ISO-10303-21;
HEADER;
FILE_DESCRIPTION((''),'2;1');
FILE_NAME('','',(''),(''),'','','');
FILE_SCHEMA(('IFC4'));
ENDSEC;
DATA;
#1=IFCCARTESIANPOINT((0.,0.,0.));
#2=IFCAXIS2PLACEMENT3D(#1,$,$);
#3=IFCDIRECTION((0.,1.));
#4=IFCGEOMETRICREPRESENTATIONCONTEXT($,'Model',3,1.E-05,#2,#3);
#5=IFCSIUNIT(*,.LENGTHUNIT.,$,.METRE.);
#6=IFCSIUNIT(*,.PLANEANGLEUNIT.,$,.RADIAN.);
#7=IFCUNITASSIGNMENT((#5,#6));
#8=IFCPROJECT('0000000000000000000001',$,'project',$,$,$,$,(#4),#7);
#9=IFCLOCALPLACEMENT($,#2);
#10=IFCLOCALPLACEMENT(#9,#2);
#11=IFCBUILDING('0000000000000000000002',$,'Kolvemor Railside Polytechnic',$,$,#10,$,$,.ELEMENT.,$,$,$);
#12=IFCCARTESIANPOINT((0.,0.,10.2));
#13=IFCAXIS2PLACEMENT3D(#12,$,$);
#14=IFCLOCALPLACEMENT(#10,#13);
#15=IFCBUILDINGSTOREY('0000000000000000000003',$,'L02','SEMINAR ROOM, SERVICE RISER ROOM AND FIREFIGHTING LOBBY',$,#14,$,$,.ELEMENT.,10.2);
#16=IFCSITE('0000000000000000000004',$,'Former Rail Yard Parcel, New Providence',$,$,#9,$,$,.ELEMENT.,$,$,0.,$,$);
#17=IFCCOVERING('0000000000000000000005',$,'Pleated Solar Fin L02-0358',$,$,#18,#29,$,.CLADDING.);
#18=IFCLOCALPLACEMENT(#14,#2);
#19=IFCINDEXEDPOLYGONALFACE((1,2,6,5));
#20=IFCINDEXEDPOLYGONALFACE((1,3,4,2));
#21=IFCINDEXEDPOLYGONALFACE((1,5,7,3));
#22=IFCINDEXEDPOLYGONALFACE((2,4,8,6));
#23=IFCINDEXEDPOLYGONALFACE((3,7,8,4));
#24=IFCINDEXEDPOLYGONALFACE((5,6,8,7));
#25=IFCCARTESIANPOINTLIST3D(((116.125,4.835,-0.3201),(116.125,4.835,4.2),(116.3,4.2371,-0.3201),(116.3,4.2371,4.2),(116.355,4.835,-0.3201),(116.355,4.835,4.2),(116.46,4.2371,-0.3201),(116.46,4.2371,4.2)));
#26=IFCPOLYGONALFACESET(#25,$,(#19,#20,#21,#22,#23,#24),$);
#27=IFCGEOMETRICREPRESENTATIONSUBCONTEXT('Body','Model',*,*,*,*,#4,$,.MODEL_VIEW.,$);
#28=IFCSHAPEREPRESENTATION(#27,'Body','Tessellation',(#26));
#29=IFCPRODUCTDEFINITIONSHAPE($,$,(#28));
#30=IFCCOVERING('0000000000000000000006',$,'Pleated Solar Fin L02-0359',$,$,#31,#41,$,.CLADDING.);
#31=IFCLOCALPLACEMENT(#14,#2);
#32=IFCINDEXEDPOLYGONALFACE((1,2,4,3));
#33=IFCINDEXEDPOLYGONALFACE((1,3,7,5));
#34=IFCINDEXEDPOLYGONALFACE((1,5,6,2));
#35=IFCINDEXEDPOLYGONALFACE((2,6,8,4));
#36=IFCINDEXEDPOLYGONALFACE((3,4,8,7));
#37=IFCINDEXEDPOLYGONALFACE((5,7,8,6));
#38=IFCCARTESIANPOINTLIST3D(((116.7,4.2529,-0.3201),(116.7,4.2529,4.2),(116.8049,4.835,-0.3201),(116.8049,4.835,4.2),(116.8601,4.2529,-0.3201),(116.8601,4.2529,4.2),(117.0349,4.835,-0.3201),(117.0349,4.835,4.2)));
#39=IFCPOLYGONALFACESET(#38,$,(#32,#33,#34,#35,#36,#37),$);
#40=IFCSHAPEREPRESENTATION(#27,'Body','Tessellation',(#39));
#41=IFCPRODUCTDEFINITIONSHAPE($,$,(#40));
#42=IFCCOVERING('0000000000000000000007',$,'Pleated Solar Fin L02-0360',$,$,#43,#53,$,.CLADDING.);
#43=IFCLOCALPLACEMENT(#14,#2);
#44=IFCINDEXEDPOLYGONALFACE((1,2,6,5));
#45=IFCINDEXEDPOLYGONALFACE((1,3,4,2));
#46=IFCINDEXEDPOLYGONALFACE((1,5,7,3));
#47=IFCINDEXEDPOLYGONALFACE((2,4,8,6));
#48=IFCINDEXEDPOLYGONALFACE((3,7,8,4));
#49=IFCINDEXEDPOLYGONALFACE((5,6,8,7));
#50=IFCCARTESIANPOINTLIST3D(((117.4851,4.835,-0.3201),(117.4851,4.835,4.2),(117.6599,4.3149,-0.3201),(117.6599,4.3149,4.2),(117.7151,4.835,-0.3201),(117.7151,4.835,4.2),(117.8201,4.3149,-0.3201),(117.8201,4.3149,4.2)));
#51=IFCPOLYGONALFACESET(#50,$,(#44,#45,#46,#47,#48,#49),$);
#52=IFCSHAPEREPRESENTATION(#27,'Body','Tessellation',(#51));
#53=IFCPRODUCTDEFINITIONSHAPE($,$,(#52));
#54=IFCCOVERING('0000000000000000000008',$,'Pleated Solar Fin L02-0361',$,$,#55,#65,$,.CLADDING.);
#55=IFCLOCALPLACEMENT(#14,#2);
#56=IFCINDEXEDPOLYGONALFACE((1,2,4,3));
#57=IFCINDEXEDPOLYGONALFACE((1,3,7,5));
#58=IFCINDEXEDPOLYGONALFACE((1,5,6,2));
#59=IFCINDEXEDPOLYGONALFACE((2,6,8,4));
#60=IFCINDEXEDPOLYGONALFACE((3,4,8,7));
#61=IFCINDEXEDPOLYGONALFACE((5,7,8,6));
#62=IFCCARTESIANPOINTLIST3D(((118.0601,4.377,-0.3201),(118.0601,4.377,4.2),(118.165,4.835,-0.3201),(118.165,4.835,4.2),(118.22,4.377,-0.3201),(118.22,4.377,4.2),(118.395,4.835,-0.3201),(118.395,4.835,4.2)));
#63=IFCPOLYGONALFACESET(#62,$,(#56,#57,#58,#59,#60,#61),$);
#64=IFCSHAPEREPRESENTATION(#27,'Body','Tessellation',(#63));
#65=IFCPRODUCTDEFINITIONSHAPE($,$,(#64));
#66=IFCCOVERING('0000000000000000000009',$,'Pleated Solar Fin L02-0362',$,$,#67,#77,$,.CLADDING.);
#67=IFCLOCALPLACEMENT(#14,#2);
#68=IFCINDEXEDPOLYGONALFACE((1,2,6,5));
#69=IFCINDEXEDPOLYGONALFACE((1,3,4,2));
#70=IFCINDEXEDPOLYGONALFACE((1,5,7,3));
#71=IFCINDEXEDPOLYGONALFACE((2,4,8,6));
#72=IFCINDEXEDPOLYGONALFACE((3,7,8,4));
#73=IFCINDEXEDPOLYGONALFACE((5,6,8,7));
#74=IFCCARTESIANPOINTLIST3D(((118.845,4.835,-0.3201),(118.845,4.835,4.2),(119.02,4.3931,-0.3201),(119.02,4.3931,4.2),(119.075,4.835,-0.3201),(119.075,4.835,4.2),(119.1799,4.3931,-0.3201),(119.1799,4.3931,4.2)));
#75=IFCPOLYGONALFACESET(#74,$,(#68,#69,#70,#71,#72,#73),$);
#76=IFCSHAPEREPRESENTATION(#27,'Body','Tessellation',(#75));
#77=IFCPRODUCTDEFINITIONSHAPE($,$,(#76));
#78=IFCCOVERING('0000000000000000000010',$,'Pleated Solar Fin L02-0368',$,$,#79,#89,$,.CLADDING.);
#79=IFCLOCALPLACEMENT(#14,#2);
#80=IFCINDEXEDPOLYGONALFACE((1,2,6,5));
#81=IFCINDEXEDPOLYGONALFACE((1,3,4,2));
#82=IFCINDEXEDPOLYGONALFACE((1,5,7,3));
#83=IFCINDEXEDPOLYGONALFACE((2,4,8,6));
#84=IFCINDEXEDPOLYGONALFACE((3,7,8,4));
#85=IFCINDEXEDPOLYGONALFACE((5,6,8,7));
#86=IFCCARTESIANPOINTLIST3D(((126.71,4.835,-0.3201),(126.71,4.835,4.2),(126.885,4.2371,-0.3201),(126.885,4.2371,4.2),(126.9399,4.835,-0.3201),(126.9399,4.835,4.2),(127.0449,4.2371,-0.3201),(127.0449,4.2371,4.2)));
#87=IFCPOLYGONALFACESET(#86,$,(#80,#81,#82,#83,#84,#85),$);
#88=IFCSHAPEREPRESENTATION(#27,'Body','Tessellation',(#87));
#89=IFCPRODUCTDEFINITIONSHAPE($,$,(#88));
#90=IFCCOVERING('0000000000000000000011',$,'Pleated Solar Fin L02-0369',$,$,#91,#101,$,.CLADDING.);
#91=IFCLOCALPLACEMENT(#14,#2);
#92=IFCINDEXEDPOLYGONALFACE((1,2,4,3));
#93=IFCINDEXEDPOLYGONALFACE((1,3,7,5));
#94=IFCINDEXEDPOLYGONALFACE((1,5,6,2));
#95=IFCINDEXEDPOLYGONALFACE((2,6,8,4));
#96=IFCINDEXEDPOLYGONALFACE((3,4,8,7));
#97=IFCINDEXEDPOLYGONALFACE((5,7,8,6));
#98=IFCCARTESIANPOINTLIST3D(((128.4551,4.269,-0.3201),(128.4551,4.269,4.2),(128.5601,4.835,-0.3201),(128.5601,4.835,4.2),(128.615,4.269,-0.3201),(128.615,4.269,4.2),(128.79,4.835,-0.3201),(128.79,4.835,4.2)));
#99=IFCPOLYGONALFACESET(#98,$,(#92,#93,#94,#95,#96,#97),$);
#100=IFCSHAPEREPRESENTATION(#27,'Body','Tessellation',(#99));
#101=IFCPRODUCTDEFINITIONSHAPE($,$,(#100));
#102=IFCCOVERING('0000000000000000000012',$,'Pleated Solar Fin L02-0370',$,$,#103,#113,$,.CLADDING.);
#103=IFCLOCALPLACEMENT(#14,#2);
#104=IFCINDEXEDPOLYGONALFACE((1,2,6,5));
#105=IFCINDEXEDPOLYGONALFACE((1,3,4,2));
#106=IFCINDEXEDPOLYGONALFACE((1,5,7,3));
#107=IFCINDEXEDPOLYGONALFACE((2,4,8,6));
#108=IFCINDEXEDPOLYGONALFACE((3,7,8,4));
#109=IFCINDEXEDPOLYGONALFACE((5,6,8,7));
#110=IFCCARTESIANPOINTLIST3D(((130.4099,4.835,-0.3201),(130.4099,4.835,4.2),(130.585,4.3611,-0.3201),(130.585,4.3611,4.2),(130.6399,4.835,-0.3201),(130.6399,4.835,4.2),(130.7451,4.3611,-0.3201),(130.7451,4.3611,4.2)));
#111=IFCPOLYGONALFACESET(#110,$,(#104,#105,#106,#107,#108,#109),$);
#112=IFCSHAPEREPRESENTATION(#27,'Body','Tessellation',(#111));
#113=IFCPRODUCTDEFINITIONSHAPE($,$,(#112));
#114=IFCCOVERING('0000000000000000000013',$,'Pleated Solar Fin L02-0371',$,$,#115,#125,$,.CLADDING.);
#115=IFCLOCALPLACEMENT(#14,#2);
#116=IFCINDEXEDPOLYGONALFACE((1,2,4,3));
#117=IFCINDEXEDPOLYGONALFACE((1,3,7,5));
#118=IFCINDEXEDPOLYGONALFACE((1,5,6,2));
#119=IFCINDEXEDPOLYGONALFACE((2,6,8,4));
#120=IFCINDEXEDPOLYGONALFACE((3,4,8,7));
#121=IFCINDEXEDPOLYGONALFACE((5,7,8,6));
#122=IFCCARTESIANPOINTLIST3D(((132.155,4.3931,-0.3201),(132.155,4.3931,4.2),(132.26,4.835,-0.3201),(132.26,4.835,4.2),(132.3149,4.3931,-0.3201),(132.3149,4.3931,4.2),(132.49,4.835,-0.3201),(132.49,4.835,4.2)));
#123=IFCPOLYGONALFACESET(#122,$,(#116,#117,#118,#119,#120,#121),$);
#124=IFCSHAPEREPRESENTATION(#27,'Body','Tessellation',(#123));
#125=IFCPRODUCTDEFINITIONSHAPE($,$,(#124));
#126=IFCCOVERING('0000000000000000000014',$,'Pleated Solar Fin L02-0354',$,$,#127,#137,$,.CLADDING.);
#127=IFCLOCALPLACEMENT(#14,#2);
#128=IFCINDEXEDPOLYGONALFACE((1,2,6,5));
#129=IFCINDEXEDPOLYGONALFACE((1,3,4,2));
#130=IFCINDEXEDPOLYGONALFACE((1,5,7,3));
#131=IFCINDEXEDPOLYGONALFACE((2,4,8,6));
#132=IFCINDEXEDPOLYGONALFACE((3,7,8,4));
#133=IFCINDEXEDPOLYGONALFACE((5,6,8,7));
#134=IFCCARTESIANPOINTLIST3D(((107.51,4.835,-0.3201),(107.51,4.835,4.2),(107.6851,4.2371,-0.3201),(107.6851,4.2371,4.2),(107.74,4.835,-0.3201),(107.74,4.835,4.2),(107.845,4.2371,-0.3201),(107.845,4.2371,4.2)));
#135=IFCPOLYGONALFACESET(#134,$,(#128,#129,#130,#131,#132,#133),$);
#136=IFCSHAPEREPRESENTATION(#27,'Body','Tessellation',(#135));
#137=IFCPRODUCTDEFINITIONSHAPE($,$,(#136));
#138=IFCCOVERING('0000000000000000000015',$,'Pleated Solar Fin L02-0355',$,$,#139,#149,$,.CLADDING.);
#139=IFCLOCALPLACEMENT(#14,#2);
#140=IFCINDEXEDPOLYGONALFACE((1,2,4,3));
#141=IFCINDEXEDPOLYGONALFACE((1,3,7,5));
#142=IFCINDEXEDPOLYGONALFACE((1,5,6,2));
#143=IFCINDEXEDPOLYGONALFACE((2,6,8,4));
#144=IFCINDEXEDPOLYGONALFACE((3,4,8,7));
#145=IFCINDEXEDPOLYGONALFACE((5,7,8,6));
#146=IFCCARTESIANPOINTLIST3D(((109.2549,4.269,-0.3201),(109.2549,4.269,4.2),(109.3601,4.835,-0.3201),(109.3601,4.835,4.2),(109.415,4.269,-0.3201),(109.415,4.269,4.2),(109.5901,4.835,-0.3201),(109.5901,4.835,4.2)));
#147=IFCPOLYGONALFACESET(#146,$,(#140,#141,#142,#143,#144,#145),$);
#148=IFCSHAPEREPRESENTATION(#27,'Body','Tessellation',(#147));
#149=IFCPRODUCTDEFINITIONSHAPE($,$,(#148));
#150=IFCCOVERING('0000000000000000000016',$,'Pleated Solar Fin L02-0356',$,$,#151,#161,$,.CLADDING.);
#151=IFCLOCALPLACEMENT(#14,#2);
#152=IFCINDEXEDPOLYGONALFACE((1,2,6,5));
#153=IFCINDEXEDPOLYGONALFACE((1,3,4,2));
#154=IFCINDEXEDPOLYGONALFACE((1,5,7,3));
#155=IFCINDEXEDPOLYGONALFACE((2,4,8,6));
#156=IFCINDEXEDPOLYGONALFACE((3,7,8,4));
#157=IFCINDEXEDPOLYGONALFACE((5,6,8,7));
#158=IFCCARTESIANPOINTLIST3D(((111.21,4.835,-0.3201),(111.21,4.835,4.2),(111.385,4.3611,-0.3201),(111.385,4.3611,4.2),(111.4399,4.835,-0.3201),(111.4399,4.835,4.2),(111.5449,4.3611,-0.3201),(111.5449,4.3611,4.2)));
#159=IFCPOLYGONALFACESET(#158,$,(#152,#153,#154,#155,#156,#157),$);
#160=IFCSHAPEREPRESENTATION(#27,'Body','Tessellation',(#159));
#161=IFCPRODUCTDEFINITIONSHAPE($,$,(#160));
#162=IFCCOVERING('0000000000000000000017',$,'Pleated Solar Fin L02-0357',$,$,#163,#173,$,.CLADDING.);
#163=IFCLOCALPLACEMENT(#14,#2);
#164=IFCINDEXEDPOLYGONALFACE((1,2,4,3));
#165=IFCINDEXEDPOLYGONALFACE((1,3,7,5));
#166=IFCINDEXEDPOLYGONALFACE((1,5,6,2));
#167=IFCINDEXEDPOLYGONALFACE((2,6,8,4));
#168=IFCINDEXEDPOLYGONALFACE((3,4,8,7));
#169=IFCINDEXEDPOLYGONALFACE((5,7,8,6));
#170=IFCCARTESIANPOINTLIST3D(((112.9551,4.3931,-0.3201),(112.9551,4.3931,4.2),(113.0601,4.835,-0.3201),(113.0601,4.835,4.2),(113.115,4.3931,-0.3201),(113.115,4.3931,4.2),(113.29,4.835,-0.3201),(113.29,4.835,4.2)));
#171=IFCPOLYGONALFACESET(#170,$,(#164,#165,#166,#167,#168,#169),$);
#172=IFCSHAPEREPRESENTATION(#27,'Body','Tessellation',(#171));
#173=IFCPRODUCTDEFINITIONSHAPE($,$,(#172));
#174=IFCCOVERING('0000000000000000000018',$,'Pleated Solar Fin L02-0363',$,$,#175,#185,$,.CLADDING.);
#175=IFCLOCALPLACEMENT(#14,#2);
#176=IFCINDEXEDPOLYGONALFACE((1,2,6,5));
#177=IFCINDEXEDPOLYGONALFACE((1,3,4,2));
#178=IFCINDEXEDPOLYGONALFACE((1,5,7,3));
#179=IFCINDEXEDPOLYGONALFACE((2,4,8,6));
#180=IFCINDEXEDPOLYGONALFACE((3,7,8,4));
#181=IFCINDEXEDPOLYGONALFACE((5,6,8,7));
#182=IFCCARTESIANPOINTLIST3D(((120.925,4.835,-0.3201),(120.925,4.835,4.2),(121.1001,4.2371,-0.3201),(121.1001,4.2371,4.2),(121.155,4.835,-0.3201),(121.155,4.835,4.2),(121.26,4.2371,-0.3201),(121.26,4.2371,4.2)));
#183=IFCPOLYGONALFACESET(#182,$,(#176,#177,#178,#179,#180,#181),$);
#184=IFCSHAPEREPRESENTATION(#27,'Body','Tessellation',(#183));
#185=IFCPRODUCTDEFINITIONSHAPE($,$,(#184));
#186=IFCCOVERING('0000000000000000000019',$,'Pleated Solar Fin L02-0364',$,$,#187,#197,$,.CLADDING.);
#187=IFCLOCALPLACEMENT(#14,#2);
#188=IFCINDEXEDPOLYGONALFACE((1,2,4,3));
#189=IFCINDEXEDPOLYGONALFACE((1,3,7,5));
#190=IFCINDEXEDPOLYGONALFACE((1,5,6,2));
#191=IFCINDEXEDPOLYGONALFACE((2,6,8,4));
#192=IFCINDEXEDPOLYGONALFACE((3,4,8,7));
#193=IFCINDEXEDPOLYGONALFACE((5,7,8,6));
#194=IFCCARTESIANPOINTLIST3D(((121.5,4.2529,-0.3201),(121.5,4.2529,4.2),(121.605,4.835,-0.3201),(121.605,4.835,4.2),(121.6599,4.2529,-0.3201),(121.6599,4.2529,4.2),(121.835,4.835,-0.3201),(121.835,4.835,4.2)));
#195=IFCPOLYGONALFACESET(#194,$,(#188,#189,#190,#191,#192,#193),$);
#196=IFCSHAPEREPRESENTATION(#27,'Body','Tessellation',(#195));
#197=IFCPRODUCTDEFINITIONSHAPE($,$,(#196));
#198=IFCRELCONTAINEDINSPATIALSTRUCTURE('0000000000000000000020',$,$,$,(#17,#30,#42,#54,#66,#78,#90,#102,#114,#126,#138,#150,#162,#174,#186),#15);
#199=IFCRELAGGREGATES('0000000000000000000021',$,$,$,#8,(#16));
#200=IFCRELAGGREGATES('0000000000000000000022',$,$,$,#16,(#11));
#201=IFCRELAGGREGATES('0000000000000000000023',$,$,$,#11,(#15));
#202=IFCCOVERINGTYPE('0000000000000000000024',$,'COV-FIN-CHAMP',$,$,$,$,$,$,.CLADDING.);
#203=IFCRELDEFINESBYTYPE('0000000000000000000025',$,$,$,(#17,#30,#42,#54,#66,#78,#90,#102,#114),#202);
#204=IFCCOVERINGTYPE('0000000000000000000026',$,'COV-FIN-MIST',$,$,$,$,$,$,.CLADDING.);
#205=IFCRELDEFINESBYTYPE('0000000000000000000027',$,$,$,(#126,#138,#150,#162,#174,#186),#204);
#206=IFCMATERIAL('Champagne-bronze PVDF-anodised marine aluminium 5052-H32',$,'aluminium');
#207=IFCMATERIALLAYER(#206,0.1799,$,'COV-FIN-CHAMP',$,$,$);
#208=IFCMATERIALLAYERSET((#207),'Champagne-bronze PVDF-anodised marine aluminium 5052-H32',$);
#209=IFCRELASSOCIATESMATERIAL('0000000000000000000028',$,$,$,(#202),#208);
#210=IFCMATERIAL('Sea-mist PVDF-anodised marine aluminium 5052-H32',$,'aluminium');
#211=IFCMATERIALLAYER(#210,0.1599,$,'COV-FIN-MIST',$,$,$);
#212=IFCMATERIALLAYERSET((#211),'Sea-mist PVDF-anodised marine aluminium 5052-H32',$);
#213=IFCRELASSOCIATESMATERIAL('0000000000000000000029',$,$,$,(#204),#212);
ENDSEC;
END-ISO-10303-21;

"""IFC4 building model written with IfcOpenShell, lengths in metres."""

from ifc_helpers import new_model, si_unit, direction, frame, origin, place, context, subcontext, project, spatial, polyline, outline, extrude, material, layer, layer_set, type_object, element, save


model = new_model("IFC4")

# Units and contexts
model_context = context("Model", 3, precision=1e-05, world=origin(), true_north=direction((0.0, 1.0)))
body_context = subcontext(model_context, "Body", "Model", "MODEL_VIEW")
ifc_project = project(units=[si_unit("LENGTHUNIT", "METRE"), si_unit("PLANEANGLEUNIT", "RADIAN")], contexts=[model_context])

# Site, building, storey
site_placement = place(None, origin())
site = spatial("IfcSite", under=ifc_project, at=site_placement, Name="Former Rail Yard Parcel, New Providence", CompositionType="ELEMENT", RefElevation=0.0)
building_placement = place(site_placement, origin())
building = spatial("IfcBuilding", under=site, at=building_placement, Name="Kolvemor Railside Polytechnic", CompositionType="ELEMENT")
storey_placement = place(building_placement, frame((0.0, 0.0, 10.2)))
storey = spatial("IfcBuildingStorey", under=building, at=storey_placement, Name="L02", Description="SEMINAR ROOM, SERVICE RISER ROOM AND FIREFIGHTING LOBBY", CompositionType="ELEMENT", Elevation=10.2)

# Coverings
ifc_material_1 = material(Name="Champagne-bronze PVDF-anodised marine aluminium 5052-H32", Category="aluminium")
ifc_layer_1 = layer(ifc_material_1, 0.1799, Name="COV-FIN-CHAMP")
ifc_layer_set_1 = layer_set([ifc_layer_1], Name="Champagne-bronze PVDF-anodised marine aluminium 5052-H32")
covering_type_1 = type_object("IfcCoveringType", Name="COV-FIN-CHAMP", PredefinedType="CLADDING", material=ifc_layer_set_1)
covering_1_placement = place(storey_placement, frame((0.0, 0.0, -0.3201)))
element("IfcCovering", 1, at=covering_1_placement, inside=storey, type_object=covering_type_1, Name="Pleated Solar Fin L02-0358", PredefinedType="CLADDING", context=body_context, shape_type="SweptSolid", body=[
    extrude(outline(polyline([(116.125, 4.835), (116.355, 4.835), (116.46, 4.2371), (116.3, 4.2371), (116.125, 4.835)])), origin(), (0.0, 0.0, 1.0), 4.52),
])
covering_2_placement = place(storey_placement, frame((0.0, 0.0, -0.3201)))
element("IfcCovering", 2, at=covering_2_placement, inside=storey, type_object=covering_type_1, Name="Pleated Solar Fin L02-0359", PredefinedType="CLADDING", context=body_context, shape_type="SweptSolid", body=[
    extrude(outline(polyline([(116.8049, 4.835), (117.0349, 4.835), (116.8601, 4.2529), (116.7, 4.2529), (116.8049, 4.835)])), origin(), (0.0, 0.0, 1.0), 4.52),
])
covering_3_placement = place(storey_placement, frame((0.0, 0.0, -0.3201)))
element("IfcCovering", 3, at=covering_3_placement, inside=storey, type_object=covering_type_1, Name="Pleated Solar Fin L02-0360", PredefinedType="CLADDING", context=body_context, shape_type="SweptSolid", body=[
    extrude(outline(polyline([(117.4851, 4.835), (117.7151, 4.835), (117.8201, 4.3149), (117.6599, 4.3149), (117.4851, 4.835)])), origin(), (0.0, 0.0, 1.0), 4.52),
])
covering_4_placement = place(storey_placement, frame((0.0, 0.0, -0.3201)))
element("IfcCovering", 4, at=covering_4_placement, inside=storey, type_object=covering_type_1, Name="Pleated Solar Fin L02-0361", PredefinedType="CLADDING", context=body_context, shape_type="SweptSolid", body=[
    extrude(outline(polyline([(118.165, 4.835), (118.395, 4.835), (118.22, 4.377), (118.0601, 4.377), (118.165, 4.835)])), origin(), (0.0, 0.0, 1.0), 4.52),
])
covering_5_placement = place(storey_placement, frame((0.0, 0.0, -0.3201)))
element("IfcCovering", 5, at=covering_5_placement, inside=storey, type_object=covering_type_1, Name="Pleated Solar Fin L02-0362", PredefinedType="CLADDING", context=body_context, shape_type="SweptSolid", body=[
    extrude(outline(polyline([(118.845, 4.835), (119.075, 4.835), (119.1799, 4.3931), (119.02, 4.3931), (118.845, 4.835)])), origin(), (0.0, 0.0, 1.0), 4.52),
])
covering_6_placement = place(storey_placement, frame((0.0, 0.0, -0.3201)))
element("IfcCovering", 6, at=covering_6_placement, inside=storey, type_object=covering_type_1, Name="Pleated Solar Fin L02-0368", PredefinedType="CLADDING", context=body_context, shape_type="SweptSolid", body=[
    extrude(outline(polyline([(126.71, 4.835), (126.9399, 4.835), (127.0449, 4.2371), (126.885, 4.2371), (126.71, 4.835)])), origin(), (0.0, 0.0, 1.0), 4.52),
])
covering_7_placement = place(storey_placement, frame((0.0, 0.0, -0.3201)))
element("IfcCovering", 7, at=covering_7_placement, inside=storey, type_object=covering_type_1, Name="Pleated Solar Fin L02-0369", PredefinedType="CLADDING", context=body_context, shape_type="SweptSolid", body=[
    extrude(outline(polyline([(128.5601, 4.835), (128.79, 4.835), (128.615, 4.269), (128.4551, 4.269), (128.5601, 4.835)])), origin(), (0.0, 0.0, 1.0), 4.52),
])
covering_8_placement = place(storey_placement, frame((0.0, 0.0, -0.3201)))
element("IfcCovering", 8, at=covering_8_placement, inside=storey, type_object=covering_type_1, Name="Pleated Solar Fin L02-0370", PredefinedType="CLADDING", context=body_context, shape_type="SweptSolid", body=[
    extrude(outline(polyline([(130.4099, 4.835), (130.6399, 4.835), (130.7451, 4.3611), (130.585, 4.3611), (130.4099, 4.835)])), origin(), (0.0, 0.0, 1.0), 4.52),
])
covering_9_placement = place(storey_placement, frame((0.0, 0.0, -0.3201)))
element("IfcCovering", 9, at=covering_9_placement, inside=storey, type_object=covering_type_1, Name="Pleated Solar Fin L02-0371", PredefinedType="CLADDING", context=body_context, shape_type="SweptSolid", body=[
    extrude(outline(polyline([(132.26, 4.835), (132.49, 4.835), (132.3149, 4.3931), (132.155, 4.3931), (132.26, 4.835)])), origin(), (0.0, 0.0, 1.0), 4.52),
])
ifc_material_2 = material(Name="Sea-mist PVDF-anodised marine aluminium 5052-H32", Category="aluminium")
ifc_layer_2 = layer(ifc_material_2, 0.1599, Name="COV-FIN-MIST")
ifc_layer_set_2 = layer_set([ifc_layer_2], Name="Sea-mist PVDF-anodised marine aluminium 5052-H32")
covering_type_2 = type_object("IfcCoveringType", Name="COV-FIN-MIST", PredefinedType="CLADDING", material=ifc_layer_set_2)
covering_10_placement = place(storey_placement, frame((0.0, 0.0, -0.3201)))
element("IfcCovering", 10, at=covering_10_placement, inside=storey, type_object=covering_type_2, Name="Pleated Solar Fin L02-0354", PredefinedType="CLADDING", context=body_context, shape_type="SweptSolid", body=[
    extrude(outline(polyline([(107.51, 4.835), (107.74, 4.835), (107.845, 4.2371), (107.6851, 4.2371), (107.51, 4.835)])), origin(), (0.0, 0.0, 1.0), 4.52),
])
covering_11_placement = place(storey_placement, frame((0.0, 0.0, -0.3201)))
element("IfcCovering", 11, at=covering_11_placement, inside=storey, type_object=covering_type_2, Name="Pleated Solar Fin L02-0355", PredefinedType="CLADDING", context=body_context, shape_type="SweptSolid", body=[
    extrude(outline(polyline([(109.3601, 4.835), (109.5901, 4.835), (109.415, 4.269), (109.2549, 4.269), (109.3601, 4.835)])), origin(), (0.0, 0.0, 1.0), 4.52),
])
covering_12_placement = place(storey_placement, frame((0.0, 0.0, -0.3201)))
element("IfcCovering", 12, at=covering_12_placement, inside=storey, type_object=covering_type_2, Name="Pleated Solar Fin L02-0356", PredefinedType="CLADDING", context=body_context, shape_type="SweptSolid", body=[
    extrude(outline(polyline([(111.21, 4.835), (111.4399, 4.835), (111.5449, 4.3611), (111.385, 4.3611), (111.21, 4.835)])), origin(), (0.0, 0.0, 1.0), 4.52),
])
covering_13_placement = place(storey_placement, frame((0.0, 0.0, -0.3201)))
element("IfcCovering", 13, at=covering_13_placement, inside=storey, type_object=covering_type_2, Name="Pleated Solar Fin L02-0357", PredefinedType="CLADDING", context=body_context, shape_type="SweptSolid", body=[
    extrude(outline(polyline([(113.0601, 4.835), (113.29, 4.835), (113.115, 4.3931), (112.9551, 4.3931), (113.0601, 4.835)])), origin(), (0.0, 0.0, 1.0), 4.52),
])
covering_14_placement = place(storey_placement, frame((0.0, 0.0, -0.3201)))
element("IfcCovering", 14, at=covering_14_placement, inside=storey, type_object=covering_type_2, Name="Pleated Solar Fin L02-0363", PredefinedType="CLADDING", context=body_context, shape_type="SweptSolid", body=[
    extrude(outline(polyline([(120.925, 4.835), (121.155, 4.835), (121.26, 4.2371), (121.1001, 4.2371), (120.925, 4.835)])), origin(), (0.0, 0.0, 1.0), 4.52),
])
covering_15_placement = place(storey_placement, frame((0.0, 0.0, -0.3201)))
element("IfcCovering", 15, at=covering_15_placement, inside=storey, type_object=covering_type_2, Name="Pleated Solar Fin L02-0364", PredefinedType="CLADDING", context=body_context, shape_type="SweptSolid", body=[
    extrude(outline(polyline([(121.605, 4.835), (121.835, 4.835), (121.6599, 4.2529), (121.5, 4.2529), (121.605, 4.835)])), origin(), (0.0, 0.0, 1.0), 4.52),
])

save(model, "model.ifc")
